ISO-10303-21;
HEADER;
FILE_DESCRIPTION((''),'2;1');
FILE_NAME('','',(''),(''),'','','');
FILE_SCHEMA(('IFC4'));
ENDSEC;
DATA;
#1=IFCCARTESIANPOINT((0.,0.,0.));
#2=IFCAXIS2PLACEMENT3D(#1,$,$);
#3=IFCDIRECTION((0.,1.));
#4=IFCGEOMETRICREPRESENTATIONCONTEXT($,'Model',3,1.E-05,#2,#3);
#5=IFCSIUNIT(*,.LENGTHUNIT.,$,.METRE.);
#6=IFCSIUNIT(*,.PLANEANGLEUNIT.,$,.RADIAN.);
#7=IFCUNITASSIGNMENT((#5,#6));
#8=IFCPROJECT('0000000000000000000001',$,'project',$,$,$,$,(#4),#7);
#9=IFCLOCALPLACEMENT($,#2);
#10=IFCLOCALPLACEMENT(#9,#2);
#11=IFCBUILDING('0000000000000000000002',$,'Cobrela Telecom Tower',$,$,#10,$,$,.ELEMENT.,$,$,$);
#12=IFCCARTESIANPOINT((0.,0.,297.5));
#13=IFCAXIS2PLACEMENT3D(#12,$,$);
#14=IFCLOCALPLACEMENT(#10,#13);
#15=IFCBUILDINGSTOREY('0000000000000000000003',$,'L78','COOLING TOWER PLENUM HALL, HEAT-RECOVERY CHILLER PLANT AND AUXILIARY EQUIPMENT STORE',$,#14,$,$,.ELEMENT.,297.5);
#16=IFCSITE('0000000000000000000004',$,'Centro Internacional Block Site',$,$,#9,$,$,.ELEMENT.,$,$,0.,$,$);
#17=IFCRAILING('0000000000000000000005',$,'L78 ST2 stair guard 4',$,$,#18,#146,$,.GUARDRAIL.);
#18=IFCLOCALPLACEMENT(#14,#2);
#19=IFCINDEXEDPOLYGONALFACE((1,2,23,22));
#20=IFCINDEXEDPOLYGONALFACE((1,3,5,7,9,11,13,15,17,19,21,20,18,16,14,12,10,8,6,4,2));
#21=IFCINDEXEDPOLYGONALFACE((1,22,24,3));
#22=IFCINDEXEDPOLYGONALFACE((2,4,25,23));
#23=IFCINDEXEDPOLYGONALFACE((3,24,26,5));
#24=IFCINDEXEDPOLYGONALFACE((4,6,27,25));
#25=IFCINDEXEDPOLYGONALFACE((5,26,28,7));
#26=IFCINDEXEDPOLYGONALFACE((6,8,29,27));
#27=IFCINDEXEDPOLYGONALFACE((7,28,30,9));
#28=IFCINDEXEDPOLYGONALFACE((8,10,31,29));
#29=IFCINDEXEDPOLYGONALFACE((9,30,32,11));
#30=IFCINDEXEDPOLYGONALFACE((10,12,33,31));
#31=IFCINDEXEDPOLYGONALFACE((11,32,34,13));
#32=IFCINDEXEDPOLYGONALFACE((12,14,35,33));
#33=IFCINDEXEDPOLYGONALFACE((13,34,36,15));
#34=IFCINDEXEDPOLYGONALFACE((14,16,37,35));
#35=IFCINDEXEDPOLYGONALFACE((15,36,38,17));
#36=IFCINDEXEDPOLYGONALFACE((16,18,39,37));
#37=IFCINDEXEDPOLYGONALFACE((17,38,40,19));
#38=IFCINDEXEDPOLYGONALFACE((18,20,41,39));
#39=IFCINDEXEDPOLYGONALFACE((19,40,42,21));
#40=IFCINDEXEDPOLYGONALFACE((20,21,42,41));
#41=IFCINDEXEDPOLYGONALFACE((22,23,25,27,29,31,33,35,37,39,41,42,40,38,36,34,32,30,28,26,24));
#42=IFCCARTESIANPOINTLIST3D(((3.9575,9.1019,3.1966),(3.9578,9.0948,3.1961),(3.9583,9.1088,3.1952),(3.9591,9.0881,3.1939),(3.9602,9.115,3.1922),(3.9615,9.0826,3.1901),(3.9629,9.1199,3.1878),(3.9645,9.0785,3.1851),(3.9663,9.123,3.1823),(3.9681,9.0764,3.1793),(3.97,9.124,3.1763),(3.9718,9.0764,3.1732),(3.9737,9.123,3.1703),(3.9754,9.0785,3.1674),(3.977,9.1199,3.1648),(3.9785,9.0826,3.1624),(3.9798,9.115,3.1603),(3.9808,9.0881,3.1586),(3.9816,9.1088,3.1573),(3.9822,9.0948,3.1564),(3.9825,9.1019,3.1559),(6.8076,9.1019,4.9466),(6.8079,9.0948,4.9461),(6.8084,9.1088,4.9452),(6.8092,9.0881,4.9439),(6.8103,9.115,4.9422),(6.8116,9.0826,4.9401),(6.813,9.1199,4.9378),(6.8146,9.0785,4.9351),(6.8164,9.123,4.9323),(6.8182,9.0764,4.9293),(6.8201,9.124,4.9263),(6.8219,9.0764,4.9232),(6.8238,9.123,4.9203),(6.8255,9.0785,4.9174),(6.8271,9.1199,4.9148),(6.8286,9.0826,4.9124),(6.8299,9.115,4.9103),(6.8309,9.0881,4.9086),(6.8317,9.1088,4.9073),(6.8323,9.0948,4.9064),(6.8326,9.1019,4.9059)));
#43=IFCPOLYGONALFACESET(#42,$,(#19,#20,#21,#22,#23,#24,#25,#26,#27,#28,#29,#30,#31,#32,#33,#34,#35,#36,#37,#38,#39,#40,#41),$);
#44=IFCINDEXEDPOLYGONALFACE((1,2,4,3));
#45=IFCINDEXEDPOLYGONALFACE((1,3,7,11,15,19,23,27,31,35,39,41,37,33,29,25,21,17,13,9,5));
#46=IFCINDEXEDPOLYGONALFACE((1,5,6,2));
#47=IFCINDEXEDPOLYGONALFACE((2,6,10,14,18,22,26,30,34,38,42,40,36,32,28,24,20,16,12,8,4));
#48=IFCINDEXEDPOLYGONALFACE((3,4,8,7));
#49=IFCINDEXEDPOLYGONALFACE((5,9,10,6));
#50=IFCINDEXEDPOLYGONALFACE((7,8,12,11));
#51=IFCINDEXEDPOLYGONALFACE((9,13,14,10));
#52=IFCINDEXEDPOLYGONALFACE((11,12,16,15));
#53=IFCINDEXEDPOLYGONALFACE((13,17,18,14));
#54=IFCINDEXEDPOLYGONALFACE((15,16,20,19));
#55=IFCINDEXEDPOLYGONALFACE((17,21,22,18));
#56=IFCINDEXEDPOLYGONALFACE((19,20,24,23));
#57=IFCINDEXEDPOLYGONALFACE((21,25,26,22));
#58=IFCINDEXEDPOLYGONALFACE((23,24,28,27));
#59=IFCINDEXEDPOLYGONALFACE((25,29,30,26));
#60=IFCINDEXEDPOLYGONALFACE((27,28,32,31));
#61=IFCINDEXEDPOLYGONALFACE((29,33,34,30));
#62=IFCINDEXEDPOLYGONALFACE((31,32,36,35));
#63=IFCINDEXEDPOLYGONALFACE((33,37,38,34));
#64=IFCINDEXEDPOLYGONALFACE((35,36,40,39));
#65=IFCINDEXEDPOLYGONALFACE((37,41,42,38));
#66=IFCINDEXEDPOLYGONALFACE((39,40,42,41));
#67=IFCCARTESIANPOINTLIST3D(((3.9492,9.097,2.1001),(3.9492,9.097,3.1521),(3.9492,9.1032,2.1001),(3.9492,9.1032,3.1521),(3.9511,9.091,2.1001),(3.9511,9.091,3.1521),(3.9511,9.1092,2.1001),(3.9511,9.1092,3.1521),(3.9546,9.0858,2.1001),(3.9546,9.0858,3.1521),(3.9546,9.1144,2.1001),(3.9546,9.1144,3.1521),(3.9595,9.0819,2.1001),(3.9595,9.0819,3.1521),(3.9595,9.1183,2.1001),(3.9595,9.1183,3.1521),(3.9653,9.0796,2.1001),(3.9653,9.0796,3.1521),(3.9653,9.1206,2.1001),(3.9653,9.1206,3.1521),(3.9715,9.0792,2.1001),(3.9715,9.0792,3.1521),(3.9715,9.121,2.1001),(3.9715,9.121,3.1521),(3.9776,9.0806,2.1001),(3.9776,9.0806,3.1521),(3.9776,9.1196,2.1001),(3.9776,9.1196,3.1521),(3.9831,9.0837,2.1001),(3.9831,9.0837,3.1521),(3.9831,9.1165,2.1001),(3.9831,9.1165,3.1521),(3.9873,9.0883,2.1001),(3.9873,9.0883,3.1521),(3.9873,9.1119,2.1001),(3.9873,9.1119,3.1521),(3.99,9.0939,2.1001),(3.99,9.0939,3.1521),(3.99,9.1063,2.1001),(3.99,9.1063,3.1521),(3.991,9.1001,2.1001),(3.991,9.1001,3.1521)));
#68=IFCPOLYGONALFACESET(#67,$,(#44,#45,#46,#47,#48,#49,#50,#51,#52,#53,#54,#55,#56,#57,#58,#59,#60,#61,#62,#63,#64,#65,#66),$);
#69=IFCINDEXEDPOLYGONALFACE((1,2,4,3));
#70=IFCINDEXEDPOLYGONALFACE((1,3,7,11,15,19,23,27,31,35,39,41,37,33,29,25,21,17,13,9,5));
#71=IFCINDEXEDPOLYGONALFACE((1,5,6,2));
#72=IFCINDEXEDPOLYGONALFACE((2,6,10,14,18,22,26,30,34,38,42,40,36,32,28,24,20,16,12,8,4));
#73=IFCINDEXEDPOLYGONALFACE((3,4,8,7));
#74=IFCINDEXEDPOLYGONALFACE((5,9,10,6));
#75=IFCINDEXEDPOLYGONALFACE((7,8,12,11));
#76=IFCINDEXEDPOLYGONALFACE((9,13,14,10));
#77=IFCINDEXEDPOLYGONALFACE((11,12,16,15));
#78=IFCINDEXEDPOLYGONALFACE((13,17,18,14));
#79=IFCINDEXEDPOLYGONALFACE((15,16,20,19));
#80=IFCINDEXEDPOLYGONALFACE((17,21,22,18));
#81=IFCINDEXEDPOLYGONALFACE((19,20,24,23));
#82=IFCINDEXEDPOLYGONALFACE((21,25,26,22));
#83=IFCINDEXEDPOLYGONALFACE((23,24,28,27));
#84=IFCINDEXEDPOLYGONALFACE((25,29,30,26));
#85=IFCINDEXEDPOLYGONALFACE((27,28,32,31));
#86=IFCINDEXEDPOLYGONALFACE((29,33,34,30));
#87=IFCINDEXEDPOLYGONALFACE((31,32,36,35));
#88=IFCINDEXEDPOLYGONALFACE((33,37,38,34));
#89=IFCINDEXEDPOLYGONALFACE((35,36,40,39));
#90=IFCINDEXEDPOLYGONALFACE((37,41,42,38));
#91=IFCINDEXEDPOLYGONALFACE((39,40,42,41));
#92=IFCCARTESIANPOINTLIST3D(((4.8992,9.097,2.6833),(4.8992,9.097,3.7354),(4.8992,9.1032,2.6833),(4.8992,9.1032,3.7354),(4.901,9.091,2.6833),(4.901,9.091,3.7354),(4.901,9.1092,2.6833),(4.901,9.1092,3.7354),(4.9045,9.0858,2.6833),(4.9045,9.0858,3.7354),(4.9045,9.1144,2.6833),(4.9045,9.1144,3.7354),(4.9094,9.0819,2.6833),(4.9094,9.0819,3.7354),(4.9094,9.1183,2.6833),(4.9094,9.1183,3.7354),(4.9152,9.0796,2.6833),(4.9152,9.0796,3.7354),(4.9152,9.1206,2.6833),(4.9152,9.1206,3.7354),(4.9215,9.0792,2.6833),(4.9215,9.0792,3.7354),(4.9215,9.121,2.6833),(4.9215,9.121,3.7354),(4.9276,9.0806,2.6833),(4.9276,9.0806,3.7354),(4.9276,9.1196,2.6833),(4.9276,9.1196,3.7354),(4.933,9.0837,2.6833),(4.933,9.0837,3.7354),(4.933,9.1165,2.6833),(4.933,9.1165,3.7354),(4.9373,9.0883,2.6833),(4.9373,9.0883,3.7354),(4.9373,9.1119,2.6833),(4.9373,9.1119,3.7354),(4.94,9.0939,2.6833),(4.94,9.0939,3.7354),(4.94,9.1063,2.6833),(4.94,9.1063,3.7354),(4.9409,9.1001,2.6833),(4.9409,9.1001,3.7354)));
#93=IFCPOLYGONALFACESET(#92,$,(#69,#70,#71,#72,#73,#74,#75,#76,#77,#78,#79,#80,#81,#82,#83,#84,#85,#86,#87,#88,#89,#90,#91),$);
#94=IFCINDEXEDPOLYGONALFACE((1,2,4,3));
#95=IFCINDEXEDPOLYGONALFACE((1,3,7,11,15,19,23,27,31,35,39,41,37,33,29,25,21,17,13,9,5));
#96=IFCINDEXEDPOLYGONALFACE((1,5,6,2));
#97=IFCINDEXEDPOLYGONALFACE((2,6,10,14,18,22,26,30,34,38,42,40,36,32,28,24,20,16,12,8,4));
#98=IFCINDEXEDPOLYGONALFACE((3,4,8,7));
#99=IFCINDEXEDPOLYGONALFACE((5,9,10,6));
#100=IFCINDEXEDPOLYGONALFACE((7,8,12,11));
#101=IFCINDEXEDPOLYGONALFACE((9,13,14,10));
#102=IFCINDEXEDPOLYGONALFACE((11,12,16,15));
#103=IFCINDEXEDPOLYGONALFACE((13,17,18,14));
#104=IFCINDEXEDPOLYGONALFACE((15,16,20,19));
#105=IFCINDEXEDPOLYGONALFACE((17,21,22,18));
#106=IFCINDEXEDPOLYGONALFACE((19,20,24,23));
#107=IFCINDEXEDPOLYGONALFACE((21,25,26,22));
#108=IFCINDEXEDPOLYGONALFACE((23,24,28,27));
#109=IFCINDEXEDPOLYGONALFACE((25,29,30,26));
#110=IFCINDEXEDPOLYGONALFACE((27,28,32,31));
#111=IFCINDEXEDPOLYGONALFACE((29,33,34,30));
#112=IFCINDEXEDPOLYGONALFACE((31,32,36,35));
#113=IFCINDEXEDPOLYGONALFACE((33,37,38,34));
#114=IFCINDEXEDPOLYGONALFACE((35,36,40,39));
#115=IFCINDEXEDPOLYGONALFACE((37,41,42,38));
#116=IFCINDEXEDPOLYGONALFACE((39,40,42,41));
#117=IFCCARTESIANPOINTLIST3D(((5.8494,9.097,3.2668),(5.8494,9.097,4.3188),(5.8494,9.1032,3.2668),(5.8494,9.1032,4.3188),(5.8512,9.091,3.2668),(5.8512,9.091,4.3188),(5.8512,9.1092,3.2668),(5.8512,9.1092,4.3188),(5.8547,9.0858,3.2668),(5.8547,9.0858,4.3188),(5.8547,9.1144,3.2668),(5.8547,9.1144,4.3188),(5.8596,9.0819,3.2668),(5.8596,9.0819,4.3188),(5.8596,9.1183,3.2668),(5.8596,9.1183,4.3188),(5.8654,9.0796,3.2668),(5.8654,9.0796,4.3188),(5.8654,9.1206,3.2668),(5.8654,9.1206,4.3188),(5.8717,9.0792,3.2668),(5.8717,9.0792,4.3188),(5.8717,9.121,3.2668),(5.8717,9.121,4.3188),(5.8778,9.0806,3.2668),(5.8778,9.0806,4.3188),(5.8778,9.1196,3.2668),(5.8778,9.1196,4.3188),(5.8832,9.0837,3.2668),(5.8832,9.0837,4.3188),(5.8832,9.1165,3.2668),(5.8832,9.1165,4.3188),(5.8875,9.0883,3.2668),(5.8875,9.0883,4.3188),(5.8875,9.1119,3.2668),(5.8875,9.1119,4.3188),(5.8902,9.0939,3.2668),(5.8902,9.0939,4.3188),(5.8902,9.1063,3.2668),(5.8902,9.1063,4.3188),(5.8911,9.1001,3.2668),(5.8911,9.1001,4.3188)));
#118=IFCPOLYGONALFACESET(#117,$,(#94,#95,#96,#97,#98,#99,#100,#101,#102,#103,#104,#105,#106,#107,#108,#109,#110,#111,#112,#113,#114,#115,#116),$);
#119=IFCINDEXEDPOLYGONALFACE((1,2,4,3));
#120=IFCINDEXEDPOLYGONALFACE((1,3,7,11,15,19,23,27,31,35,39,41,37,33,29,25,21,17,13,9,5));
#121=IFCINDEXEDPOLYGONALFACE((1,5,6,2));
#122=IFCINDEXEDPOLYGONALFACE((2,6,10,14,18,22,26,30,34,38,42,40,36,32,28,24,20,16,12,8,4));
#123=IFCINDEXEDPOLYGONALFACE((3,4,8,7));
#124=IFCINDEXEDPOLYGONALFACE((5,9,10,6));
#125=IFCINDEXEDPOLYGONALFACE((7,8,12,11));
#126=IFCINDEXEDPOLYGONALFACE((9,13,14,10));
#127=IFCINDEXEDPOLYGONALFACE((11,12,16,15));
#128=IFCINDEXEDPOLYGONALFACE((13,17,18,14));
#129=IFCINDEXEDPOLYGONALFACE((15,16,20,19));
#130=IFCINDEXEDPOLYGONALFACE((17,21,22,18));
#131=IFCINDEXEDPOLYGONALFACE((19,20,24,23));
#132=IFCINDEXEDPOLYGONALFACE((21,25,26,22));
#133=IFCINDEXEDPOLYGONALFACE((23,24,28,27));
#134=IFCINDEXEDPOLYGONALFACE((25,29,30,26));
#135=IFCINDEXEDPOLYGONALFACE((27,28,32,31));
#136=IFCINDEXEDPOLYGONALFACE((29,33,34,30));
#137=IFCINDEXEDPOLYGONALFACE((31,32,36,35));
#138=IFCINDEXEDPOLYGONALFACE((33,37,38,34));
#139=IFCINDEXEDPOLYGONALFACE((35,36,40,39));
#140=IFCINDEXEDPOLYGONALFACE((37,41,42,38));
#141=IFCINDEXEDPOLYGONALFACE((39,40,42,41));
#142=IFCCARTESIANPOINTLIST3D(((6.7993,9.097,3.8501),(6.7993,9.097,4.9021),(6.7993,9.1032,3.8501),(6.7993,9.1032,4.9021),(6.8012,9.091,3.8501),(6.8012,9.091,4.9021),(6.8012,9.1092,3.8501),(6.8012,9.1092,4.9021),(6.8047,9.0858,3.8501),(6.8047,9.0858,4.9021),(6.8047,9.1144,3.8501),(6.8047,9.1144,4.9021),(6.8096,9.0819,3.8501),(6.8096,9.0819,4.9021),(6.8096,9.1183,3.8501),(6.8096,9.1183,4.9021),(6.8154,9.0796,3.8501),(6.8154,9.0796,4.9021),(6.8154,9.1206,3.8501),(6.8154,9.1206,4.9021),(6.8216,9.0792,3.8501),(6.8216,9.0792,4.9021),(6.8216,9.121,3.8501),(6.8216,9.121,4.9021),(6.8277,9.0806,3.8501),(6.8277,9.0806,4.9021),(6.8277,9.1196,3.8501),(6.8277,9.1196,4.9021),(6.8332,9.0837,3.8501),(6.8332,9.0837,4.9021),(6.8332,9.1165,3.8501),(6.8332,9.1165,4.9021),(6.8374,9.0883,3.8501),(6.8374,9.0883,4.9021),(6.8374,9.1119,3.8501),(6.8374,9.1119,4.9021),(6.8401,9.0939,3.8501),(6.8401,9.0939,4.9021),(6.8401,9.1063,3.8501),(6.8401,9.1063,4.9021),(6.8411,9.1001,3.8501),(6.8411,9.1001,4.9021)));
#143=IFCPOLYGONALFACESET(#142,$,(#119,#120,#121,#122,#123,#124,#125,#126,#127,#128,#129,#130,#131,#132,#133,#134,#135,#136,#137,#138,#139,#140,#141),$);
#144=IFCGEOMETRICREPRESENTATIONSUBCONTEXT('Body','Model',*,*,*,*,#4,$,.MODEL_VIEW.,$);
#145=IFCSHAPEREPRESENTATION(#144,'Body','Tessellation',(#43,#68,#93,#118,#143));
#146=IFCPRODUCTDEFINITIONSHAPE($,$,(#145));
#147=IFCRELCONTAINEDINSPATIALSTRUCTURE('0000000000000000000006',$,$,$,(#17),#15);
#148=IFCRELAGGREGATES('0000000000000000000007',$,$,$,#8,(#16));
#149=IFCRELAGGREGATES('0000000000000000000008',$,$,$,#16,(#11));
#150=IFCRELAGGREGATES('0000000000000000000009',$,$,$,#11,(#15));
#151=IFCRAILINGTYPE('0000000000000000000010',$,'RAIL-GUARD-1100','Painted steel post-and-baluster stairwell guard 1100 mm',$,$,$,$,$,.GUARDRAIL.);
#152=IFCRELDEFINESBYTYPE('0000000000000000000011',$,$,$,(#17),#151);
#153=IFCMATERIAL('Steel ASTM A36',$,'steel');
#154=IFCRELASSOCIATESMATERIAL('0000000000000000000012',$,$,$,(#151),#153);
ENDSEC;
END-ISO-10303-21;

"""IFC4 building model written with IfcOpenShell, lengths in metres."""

from ifc_helpers import new_model, si_unit, direction, frame, origin, origin_2d, place, context, subcontext, project, spatial, circle, extrude, material, type_object, element, save


model = new_model("IFC4")

# Units and contexts
model_context = context("Model", 3, precision=1e-05, world=origin(), true_north=direction((0.0, 1.0)))
body_context = subcontext(model_context, "Body", "Model", "MODEL_VIEW")
ifc_project = project(units=[si_unit("LENGTHUNIT", "METRE"), si_unit("PLANEANGLEUNIT", "RADIAN")], contexts=[model_context])

# Site, building, storey
site_placement = place(None, origin())
site = spatial("IfcSite", under=ifc_project, at=site_placement, Name="Centro Internacional Block Site", CompositionType="ELEMENT", RefElevation=0.0)
building_placement = place(site_placement, origin())
building = spatial("IfcBuilding", under=site, at=building_placement, Name="Cobrela Telecom Tower", CompositionType="ELEMENT")
storey_placement = place(building_placement, frame((0.0, 0.0, 297.5)))
storey = spatial("IfcBuildingStorey", under=building, at=storey_placement, Name="L78", Description="COOLING TOWER PLENUM HALL, HEAT-RECOVERY CHILLER PLANT AND AUXILIARY EQUIPMENT STORE", CompositionType="ELEMENT", Elevation=297.5)

# Shared definitions
ifc_material_1 = material(Name="Steel ASTM A36", Category="steel")

# Railing
railing_type_1 = type_object("IfcRailingType", Name="RAIL-GUARD-1100", Description="Painted steel post-and-baluster stairwell guard 1100 mm", PredefinedType="GUARDRAIL", material=ifc_material_1)
railing_1_placement = place(storey_placement, frame((3.97, 9.1001, 2.1001)))
element("IfcRailing", 1, at=railing_1_placement, inside=storey, type_object=railing_type_1, Name="L78 ST2 stair guard 4", PredefinedType="GUARDRAIL", context=body_context, shape_type="SweptSolid", body=[
    extrude(circle(Radius=0.0239, at=origin_2d()), frame((0.0, 0.0, 1.0762), z_axis=(0.852179, 0.0, 0.52325), x_axis=(0.0, 1.0, 0.0)), (0.0, 0.0, 1.0), 3.3445),
    extrude(circle(Radius=0.021, at=origin_2d()), origin(), (0.0, 0.0, 1.0), 1.052),
    extrude(circle(Radius=0.021, at=origin_2d()), frame((0.95, 0.0, 0.5833)), (0.0, 0.0, 1.0), 1.052),
    extrude(circle(Radius=0.021, at=origin_2d()), frame((1.9001, 0.0, 1.1667)), (0.0, 0.0, 1.0), 1.052),
    extrude(circle(Radius=0.021, at=origin_2d()), frame((2.8501, 0.0, 1.75)), (0.0, 0.0, 1.0), 1.052),
])

save(model, "model.ifc")
